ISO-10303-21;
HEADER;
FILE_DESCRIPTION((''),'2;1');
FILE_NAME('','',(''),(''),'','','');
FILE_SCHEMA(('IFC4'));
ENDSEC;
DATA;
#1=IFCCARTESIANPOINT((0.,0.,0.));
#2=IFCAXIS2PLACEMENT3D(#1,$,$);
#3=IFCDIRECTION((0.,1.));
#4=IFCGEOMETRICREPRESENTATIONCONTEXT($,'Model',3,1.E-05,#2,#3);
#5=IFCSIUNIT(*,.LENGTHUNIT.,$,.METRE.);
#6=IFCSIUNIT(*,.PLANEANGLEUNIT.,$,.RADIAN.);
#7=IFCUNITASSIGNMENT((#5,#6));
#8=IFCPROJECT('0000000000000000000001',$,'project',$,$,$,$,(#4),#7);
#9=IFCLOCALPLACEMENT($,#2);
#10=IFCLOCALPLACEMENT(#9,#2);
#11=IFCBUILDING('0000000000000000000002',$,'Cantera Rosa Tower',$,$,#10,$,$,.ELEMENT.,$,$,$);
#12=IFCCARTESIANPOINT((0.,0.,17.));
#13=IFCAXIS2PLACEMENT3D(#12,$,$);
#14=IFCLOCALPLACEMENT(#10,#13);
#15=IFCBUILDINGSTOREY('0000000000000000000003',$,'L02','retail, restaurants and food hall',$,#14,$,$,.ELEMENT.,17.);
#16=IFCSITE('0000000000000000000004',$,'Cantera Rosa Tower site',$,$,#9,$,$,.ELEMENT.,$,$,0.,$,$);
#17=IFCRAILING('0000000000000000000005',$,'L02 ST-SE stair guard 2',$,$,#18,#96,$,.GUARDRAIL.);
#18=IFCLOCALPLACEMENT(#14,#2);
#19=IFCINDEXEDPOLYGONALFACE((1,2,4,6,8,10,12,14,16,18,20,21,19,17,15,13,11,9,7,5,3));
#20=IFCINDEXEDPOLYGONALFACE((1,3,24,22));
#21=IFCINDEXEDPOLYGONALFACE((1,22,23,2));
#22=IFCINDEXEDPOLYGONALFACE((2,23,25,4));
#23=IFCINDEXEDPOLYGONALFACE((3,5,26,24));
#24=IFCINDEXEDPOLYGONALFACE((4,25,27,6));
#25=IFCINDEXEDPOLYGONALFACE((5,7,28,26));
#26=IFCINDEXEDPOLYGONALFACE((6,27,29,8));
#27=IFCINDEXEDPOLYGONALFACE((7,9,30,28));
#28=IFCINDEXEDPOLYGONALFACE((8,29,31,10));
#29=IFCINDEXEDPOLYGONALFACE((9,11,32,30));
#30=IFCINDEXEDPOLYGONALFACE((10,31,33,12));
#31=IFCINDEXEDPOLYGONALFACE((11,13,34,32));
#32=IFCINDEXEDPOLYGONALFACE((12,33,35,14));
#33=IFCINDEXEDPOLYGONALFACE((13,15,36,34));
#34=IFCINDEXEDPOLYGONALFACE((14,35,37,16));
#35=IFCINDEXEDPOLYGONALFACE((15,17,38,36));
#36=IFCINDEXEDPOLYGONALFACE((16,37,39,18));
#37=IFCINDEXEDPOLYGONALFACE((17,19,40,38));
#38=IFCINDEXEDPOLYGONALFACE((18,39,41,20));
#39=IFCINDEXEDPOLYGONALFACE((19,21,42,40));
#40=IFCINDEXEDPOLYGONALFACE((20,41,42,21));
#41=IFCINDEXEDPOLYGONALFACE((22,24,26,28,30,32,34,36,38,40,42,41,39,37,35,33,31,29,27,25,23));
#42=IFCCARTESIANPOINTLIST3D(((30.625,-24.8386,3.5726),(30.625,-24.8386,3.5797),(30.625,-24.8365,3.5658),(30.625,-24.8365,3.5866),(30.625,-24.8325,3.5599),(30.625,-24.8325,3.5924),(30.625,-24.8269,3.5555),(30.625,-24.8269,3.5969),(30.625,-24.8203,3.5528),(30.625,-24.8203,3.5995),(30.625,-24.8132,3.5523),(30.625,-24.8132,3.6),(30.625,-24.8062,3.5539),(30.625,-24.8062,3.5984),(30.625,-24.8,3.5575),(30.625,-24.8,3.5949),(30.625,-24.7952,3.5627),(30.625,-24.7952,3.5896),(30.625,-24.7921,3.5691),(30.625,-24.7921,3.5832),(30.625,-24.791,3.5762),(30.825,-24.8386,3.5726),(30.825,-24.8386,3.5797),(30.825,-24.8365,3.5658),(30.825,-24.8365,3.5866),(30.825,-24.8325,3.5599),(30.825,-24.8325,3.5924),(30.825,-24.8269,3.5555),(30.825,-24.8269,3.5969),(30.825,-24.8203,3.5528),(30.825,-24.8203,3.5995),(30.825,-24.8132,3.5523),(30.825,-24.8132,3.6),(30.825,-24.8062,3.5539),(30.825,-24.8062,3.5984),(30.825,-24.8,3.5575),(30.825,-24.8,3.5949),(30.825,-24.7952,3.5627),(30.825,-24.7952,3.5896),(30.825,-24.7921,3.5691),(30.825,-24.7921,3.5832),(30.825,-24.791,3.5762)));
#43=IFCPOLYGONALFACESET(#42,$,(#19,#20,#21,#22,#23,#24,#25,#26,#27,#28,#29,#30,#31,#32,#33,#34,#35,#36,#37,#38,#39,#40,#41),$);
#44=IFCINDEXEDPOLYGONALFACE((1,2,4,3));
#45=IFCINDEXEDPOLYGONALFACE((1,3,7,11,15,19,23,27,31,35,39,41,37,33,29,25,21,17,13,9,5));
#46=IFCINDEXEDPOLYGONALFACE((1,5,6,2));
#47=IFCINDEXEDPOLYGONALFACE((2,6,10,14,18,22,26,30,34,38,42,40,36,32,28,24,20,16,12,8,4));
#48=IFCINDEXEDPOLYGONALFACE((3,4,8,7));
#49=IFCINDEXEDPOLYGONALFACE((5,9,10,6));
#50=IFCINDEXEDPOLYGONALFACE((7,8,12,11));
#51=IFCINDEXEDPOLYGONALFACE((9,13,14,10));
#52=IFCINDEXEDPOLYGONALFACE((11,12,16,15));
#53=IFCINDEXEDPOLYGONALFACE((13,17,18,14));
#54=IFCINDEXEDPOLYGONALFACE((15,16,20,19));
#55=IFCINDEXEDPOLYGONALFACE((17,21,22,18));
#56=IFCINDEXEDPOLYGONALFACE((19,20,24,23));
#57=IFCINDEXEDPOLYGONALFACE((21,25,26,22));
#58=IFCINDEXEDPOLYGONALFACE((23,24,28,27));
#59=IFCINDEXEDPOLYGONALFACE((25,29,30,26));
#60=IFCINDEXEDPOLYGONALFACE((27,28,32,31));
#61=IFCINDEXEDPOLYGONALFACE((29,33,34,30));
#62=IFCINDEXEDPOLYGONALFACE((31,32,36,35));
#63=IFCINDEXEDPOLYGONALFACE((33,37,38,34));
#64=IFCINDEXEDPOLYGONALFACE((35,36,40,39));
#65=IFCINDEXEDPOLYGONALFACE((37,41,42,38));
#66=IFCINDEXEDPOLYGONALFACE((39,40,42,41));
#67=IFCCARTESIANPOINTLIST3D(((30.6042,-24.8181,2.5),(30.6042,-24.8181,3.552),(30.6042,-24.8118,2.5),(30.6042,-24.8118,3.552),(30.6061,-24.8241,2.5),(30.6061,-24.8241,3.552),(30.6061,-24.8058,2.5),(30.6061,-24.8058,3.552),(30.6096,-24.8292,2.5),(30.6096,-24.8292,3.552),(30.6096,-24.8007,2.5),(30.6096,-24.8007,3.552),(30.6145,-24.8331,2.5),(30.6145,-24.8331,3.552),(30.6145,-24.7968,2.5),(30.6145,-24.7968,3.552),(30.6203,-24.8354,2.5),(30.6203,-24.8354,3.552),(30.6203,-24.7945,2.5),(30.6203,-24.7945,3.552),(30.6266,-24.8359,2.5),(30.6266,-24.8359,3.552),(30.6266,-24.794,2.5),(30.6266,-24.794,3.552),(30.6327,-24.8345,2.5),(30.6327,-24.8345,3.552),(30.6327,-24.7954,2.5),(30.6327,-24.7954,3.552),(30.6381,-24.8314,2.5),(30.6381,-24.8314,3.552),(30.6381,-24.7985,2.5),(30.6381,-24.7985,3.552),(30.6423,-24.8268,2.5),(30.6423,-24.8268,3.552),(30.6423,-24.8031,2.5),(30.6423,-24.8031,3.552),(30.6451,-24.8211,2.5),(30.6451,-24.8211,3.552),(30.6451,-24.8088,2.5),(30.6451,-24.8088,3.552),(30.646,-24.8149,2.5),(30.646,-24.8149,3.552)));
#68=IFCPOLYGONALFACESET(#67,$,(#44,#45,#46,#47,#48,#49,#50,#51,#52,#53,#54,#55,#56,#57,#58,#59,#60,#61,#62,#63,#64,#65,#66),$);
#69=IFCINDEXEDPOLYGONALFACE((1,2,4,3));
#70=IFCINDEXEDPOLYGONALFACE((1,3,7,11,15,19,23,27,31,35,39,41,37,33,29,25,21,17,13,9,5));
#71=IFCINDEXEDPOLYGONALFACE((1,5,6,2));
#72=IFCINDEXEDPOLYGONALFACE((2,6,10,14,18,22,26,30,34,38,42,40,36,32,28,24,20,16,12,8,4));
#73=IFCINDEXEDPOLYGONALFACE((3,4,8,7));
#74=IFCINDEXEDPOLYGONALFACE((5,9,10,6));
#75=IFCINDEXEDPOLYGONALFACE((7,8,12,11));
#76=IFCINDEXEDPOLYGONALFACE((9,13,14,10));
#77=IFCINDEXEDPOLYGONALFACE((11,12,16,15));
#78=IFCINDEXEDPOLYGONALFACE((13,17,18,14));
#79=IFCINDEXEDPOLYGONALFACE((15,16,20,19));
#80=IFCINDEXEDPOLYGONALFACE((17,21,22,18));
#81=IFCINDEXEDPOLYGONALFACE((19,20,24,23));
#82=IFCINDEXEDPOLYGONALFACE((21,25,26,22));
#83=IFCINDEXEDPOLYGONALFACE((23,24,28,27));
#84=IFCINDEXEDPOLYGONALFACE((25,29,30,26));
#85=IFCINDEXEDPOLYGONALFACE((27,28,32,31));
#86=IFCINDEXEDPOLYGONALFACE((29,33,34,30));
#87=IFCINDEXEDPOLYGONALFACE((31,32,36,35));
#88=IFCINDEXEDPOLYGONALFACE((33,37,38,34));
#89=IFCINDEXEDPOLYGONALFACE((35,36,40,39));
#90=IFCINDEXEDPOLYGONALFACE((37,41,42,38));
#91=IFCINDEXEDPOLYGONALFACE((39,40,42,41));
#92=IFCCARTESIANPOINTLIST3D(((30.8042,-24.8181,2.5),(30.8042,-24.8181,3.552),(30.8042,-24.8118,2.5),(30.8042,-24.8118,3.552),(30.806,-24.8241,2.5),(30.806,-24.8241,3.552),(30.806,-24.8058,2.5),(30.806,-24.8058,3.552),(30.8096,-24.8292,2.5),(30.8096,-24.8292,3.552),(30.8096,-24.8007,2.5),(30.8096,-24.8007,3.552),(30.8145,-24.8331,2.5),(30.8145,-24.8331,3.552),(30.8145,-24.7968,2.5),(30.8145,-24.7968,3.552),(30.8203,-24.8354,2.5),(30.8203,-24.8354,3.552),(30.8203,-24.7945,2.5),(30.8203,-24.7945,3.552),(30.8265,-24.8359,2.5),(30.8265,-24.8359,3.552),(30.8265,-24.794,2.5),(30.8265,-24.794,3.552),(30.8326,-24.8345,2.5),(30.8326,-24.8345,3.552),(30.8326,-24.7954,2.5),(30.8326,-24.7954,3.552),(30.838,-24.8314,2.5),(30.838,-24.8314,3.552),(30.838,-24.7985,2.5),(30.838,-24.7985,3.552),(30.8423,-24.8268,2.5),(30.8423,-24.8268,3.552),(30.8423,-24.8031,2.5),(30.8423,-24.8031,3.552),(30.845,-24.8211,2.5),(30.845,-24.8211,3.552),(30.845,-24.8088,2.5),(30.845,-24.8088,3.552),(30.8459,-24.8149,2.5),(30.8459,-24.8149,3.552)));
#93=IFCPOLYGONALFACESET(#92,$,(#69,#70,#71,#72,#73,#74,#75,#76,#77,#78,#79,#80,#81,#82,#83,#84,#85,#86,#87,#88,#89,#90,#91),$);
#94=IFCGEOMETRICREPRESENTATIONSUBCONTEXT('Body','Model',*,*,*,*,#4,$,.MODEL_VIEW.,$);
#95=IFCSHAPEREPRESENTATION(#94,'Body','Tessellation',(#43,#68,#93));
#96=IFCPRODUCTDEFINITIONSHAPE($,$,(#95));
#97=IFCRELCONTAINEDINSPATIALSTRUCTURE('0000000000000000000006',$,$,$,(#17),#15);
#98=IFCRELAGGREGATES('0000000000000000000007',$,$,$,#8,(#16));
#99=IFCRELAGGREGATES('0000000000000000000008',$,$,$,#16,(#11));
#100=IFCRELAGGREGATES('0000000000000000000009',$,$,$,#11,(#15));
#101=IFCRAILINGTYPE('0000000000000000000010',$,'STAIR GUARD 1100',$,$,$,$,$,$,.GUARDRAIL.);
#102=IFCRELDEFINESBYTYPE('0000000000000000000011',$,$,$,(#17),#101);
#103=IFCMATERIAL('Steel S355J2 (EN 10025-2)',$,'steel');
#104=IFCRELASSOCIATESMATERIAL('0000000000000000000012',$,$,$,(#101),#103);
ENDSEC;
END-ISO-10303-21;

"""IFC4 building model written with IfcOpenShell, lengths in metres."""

from ifc_helpers import new_model, si_unit, direction, frame, origin, origin_2d, place, context, subcontext, project, spatial, circle, extrude, material, type_object, element, save


model = new_model("IFC4")

# Units and contexts
model_context = context("Model", 3, precision=1e-05, world=origin(), true_north=direction((0.0, 1.0)))
body_context = subcontext(model_context, "Body", "Model", "MODEL_VIEW")
ifc_project = project(units=[si_unit("LENGTHUNIT", "METRE"), si_unit("PLANEANGLEUNIT", "RADIAN")], contexts=[model_context])

# Site, building, storey
site_placement = place(None, origin())
site = spatial("IfcSite", under=ifc_project, at=site_placement, Name="Cantera Rosa Tower site", CompositionType="ELEMENT", RefElevation=0.0)
building_placement = place(site_placement, origin())
building = spatial("IfcBuilding", under=site, at=building_placement, Name="Cantera Rosa Tower", CompositionType="ELEMENT")
storey_placement = place(building_placement, frame((0.0, 0.0, 17.0)))
storey = spatial("IfcBuildingStorey", under=building, at=storey_placement, Name="L02", Description="retail, restaurants and food hall", CompositionType="ELEMENT", Elevation=17.0)

# Railing
ifc_material_1 = material(Name="Steel S355J2 (EN 10025-2)", Category="steel")
railing_type_1 = type_object("IfcRailingType", Name="STAIR GUARD 1100", PredefinedType="GUARDRAIL", material=ifc_material_1)
railing_1_placement = place(storey_placement, frame((30.625, -24.8149, 2.5)))
element("IfcRailing", 1, at=railing_1_placement, inside=storey, type_object=railing_type_1, Name="L02 ST-SE stair guard 2", PredefinedType="GUARDRAIL", context=body_context, shape_type="SweptSolid", body=[
    extrude(circle(Radius=0.0239, at=origin_2d()), frame((0.0, 0.0, 1.0762), z_axis=(1.0, 0.0, 0.0), x_axis=(0.0, 1.0, 0.0)), (0.0, 0.0, 1.0), 0.2),
    extrude(circle(Radius=0.021, at=origin_2d()), origin(), (0.0, 0.0, 1.0), 1.052),
    extrude(circle(Radius=0.021, at=origin_2d()), frame((0.2, 0.0, 0.0)), (0.0, 0.0, 1.0), 1.052),
])

save(model, "model.ifc")
